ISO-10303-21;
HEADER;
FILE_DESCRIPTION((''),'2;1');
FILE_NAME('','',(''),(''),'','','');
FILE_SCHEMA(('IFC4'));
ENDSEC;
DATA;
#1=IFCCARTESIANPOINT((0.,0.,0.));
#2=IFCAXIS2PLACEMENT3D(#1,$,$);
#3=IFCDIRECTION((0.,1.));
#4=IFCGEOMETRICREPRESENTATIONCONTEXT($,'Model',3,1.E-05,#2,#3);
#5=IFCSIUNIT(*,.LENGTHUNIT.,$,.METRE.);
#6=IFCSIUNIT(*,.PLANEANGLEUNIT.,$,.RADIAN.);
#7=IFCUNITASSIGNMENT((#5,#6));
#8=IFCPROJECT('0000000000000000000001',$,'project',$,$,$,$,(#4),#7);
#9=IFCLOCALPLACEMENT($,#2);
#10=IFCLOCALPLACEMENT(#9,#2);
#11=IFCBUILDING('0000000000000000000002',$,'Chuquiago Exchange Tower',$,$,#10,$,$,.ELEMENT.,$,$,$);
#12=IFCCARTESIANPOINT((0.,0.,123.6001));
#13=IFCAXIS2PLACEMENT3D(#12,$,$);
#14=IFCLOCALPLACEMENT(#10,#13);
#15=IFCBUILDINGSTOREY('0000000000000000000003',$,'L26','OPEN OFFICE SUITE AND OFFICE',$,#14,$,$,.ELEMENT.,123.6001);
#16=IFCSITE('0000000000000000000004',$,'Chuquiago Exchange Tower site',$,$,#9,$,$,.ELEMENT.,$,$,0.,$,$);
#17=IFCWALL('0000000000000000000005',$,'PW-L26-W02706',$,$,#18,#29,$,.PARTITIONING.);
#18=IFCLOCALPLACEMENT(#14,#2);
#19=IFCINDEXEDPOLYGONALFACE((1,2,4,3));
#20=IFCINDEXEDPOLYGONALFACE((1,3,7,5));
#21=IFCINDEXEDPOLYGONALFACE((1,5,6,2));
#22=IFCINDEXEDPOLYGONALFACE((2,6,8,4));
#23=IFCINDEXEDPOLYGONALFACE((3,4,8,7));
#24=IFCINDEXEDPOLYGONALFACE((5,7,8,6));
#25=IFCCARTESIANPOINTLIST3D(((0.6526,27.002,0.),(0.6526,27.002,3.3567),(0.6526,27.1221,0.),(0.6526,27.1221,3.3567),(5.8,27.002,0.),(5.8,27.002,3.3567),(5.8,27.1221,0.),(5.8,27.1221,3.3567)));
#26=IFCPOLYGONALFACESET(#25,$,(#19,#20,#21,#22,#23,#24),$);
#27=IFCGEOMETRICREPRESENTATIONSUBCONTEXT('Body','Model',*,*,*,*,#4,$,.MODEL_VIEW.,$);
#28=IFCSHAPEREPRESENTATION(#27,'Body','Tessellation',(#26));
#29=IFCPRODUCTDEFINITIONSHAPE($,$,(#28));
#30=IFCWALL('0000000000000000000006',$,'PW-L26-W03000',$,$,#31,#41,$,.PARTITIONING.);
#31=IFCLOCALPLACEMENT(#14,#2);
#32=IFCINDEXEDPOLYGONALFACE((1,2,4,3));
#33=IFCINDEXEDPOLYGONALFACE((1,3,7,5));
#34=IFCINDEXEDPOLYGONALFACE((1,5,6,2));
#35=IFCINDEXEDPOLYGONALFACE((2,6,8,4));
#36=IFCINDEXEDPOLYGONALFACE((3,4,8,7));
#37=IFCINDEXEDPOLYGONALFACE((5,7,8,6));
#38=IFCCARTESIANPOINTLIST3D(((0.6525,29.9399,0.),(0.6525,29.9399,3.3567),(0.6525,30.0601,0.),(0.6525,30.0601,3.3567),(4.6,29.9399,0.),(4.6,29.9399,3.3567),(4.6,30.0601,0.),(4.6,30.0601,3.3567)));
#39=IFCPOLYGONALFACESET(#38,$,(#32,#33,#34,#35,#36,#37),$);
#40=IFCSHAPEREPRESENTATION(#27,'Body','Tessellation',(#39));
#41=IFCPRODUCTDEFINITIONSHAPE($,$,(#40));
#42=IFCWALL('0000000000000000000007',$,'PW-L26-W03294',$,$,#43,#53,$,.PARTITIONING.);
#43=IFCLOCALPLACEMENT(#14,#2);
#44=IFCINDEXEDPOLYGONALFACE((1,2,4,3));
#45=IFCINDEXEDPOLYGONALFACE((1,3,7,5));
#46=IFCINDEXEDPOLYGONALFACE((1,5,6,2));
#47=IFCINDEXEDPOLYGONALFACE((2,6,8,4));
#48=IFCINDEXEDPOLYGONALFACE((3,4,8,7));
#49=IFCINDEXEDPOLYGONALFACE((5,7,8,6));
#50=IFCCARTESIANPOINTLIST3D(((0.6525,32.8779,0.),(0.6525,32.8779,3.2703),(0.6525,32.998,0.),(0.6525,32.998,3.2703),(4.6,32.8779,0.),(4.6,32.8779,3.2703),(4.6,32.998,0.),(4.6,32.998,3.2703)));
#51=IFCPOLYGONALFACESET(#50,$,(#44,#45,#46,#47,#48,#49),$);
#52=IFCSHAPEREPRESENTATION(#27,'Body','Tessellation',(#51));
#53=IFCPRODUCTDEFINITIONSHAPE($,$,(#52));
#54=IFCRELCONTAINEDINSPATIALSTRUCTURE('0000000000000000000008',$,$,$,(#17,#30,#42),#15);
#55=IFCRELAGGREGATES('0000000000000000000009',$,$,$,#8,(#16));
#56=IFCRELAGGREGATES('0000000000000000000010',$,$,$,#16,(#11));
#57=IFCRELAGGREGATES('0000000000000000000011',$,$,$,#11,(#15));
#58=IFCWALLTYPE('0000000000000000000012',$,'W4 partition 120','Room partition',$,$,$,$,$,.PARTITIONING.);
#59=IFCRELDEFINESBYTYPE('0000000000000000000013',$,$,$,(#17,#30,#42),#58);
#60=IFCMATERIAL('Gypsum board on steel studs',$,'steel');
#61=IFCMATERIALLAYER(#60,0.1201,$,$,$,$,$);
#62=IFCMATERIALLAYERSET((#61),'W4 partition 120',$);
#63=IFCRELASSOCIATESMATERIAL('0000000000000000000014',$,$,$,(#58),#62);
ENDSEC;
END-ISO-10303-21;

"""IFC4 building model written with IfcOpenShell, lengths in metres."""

from ifc_helpers import new_model, si_unit, direction, frame, frame_2d, origin, place, context, subcontext, project, spatial, rectangle, extrude, material, layer, layer_set, type_object, element, save


model = new_model("IFC4")

# Units and contexts
model_context = context("Model", 3, precision=1e-05, world=origin(), true_north=direction((0.0, 1.0)))
body_context = subcontext(model_context, "Body", "Model", "MODEL_VIEW")
ifc_project = project(units=[si_unit("LENGTHUNIT", "METRE"), si_unit("PLANEANGLEUNIT", "RADIAN")], contexts=[model_context])

# Site, building, storey
site_placement = place(None, origin())
site = spatial("IfcSite", under=ifc_project, at=site_placement, Name="Chuquiago Exchange Tower site", CompositionType="ELEMENT", RefElevation=0.0)
building_placement = place(site_placement, origin())
building = spatial("IfcBuilding", under=site, at=building_placement, Name="Chuquiago Exchange Tower", CompositionType="ELEMENT")
storey_placement = place(building_placement, frame((0.0, 0.0, 123.6001)))
storey = spatial("IfcBuildingStorey", under=building, at=storey_placement, Name="L26", Description="OPEN OFFICE SUITE AND OFFICE", CompositionType="ELEMENT", Elevation=123.6001)

# Walls
ifc_material_1 = material(Name="Gypsum board on steel studs", Category="steel")
ifc_layer_1 = layer(ifc_material_1, 0.1201)
ifc_layer_set_1 = layer_set([ifc_layer_1], Name="W4 partition 120")
wall_type = type_object("IfcWallType", Name="W4 partition 120", Description="Room partition", PredefinedType="PARTITIONING", material=ifc_layer_set_1)
wall_1_placement = place(storey_placement, frame((0.6526, 27.062, 0.0), z_axis=(0.0, 0.0, 1.0), x_axis=(1.0, 0.0, 0.0)))
element("IfcWall", 1, at=wall_1_placement, inside=storey, type_object=wall_type, Name="PW-L26-W02706", PredefinedType="PARTITIONING", context=body_context, shape_type="SweptSolid", body=[
    extrude(rectangle(XDim=5.1475, YDim=0.1201, at=frame_2d((2.5737, 0.0))), origin(), (0.0, 0.0, 1.0), 3.3567),
])
wall_2_placement = place(storey_placement, frame((0.6526, 30.0, 0.0), z_axis=(0.0, 0.0, 1.0), x_axis=(1.0, 0.0, 0.0)))
element("IfcWall", 2, at=wall_2_placement, inside=storey, type_object=wall_type, Name="PW-L26-W03000", PredefinedType="PARTITIONING", context=body_context, shape_type="SweptSolid", body=[
    extrude(rectangle(XDim=3.9475, YDim=0.1201, at=frame_2d((1.9736, 0.0))), origin(), (0.0, 0.0, 1.0), 3.3567),
])
wall_3_placement = place(storey_placement, frame((0.6526, 32.938, 0.0), z_axis=(0.0, 0.0, 1.0), x_axis=(1.0, 0.0, 0.0)))
element("IfcWall", 3, at=wall_3_placement, inside=storey, type_object=wall_type, Name="PW-L26-W03294", PredefinedType="PARTITIONING", context=body_context, shape_type="SweptSolid", body=[
    extrude(rectangle(XDim=3.9475, YDim=0.1201, at=frame_2d((1.9736, 0.0))), origin(), (0.0, 0.0, 1.0), 3.2703),
])

save(model, "model.ifc")
